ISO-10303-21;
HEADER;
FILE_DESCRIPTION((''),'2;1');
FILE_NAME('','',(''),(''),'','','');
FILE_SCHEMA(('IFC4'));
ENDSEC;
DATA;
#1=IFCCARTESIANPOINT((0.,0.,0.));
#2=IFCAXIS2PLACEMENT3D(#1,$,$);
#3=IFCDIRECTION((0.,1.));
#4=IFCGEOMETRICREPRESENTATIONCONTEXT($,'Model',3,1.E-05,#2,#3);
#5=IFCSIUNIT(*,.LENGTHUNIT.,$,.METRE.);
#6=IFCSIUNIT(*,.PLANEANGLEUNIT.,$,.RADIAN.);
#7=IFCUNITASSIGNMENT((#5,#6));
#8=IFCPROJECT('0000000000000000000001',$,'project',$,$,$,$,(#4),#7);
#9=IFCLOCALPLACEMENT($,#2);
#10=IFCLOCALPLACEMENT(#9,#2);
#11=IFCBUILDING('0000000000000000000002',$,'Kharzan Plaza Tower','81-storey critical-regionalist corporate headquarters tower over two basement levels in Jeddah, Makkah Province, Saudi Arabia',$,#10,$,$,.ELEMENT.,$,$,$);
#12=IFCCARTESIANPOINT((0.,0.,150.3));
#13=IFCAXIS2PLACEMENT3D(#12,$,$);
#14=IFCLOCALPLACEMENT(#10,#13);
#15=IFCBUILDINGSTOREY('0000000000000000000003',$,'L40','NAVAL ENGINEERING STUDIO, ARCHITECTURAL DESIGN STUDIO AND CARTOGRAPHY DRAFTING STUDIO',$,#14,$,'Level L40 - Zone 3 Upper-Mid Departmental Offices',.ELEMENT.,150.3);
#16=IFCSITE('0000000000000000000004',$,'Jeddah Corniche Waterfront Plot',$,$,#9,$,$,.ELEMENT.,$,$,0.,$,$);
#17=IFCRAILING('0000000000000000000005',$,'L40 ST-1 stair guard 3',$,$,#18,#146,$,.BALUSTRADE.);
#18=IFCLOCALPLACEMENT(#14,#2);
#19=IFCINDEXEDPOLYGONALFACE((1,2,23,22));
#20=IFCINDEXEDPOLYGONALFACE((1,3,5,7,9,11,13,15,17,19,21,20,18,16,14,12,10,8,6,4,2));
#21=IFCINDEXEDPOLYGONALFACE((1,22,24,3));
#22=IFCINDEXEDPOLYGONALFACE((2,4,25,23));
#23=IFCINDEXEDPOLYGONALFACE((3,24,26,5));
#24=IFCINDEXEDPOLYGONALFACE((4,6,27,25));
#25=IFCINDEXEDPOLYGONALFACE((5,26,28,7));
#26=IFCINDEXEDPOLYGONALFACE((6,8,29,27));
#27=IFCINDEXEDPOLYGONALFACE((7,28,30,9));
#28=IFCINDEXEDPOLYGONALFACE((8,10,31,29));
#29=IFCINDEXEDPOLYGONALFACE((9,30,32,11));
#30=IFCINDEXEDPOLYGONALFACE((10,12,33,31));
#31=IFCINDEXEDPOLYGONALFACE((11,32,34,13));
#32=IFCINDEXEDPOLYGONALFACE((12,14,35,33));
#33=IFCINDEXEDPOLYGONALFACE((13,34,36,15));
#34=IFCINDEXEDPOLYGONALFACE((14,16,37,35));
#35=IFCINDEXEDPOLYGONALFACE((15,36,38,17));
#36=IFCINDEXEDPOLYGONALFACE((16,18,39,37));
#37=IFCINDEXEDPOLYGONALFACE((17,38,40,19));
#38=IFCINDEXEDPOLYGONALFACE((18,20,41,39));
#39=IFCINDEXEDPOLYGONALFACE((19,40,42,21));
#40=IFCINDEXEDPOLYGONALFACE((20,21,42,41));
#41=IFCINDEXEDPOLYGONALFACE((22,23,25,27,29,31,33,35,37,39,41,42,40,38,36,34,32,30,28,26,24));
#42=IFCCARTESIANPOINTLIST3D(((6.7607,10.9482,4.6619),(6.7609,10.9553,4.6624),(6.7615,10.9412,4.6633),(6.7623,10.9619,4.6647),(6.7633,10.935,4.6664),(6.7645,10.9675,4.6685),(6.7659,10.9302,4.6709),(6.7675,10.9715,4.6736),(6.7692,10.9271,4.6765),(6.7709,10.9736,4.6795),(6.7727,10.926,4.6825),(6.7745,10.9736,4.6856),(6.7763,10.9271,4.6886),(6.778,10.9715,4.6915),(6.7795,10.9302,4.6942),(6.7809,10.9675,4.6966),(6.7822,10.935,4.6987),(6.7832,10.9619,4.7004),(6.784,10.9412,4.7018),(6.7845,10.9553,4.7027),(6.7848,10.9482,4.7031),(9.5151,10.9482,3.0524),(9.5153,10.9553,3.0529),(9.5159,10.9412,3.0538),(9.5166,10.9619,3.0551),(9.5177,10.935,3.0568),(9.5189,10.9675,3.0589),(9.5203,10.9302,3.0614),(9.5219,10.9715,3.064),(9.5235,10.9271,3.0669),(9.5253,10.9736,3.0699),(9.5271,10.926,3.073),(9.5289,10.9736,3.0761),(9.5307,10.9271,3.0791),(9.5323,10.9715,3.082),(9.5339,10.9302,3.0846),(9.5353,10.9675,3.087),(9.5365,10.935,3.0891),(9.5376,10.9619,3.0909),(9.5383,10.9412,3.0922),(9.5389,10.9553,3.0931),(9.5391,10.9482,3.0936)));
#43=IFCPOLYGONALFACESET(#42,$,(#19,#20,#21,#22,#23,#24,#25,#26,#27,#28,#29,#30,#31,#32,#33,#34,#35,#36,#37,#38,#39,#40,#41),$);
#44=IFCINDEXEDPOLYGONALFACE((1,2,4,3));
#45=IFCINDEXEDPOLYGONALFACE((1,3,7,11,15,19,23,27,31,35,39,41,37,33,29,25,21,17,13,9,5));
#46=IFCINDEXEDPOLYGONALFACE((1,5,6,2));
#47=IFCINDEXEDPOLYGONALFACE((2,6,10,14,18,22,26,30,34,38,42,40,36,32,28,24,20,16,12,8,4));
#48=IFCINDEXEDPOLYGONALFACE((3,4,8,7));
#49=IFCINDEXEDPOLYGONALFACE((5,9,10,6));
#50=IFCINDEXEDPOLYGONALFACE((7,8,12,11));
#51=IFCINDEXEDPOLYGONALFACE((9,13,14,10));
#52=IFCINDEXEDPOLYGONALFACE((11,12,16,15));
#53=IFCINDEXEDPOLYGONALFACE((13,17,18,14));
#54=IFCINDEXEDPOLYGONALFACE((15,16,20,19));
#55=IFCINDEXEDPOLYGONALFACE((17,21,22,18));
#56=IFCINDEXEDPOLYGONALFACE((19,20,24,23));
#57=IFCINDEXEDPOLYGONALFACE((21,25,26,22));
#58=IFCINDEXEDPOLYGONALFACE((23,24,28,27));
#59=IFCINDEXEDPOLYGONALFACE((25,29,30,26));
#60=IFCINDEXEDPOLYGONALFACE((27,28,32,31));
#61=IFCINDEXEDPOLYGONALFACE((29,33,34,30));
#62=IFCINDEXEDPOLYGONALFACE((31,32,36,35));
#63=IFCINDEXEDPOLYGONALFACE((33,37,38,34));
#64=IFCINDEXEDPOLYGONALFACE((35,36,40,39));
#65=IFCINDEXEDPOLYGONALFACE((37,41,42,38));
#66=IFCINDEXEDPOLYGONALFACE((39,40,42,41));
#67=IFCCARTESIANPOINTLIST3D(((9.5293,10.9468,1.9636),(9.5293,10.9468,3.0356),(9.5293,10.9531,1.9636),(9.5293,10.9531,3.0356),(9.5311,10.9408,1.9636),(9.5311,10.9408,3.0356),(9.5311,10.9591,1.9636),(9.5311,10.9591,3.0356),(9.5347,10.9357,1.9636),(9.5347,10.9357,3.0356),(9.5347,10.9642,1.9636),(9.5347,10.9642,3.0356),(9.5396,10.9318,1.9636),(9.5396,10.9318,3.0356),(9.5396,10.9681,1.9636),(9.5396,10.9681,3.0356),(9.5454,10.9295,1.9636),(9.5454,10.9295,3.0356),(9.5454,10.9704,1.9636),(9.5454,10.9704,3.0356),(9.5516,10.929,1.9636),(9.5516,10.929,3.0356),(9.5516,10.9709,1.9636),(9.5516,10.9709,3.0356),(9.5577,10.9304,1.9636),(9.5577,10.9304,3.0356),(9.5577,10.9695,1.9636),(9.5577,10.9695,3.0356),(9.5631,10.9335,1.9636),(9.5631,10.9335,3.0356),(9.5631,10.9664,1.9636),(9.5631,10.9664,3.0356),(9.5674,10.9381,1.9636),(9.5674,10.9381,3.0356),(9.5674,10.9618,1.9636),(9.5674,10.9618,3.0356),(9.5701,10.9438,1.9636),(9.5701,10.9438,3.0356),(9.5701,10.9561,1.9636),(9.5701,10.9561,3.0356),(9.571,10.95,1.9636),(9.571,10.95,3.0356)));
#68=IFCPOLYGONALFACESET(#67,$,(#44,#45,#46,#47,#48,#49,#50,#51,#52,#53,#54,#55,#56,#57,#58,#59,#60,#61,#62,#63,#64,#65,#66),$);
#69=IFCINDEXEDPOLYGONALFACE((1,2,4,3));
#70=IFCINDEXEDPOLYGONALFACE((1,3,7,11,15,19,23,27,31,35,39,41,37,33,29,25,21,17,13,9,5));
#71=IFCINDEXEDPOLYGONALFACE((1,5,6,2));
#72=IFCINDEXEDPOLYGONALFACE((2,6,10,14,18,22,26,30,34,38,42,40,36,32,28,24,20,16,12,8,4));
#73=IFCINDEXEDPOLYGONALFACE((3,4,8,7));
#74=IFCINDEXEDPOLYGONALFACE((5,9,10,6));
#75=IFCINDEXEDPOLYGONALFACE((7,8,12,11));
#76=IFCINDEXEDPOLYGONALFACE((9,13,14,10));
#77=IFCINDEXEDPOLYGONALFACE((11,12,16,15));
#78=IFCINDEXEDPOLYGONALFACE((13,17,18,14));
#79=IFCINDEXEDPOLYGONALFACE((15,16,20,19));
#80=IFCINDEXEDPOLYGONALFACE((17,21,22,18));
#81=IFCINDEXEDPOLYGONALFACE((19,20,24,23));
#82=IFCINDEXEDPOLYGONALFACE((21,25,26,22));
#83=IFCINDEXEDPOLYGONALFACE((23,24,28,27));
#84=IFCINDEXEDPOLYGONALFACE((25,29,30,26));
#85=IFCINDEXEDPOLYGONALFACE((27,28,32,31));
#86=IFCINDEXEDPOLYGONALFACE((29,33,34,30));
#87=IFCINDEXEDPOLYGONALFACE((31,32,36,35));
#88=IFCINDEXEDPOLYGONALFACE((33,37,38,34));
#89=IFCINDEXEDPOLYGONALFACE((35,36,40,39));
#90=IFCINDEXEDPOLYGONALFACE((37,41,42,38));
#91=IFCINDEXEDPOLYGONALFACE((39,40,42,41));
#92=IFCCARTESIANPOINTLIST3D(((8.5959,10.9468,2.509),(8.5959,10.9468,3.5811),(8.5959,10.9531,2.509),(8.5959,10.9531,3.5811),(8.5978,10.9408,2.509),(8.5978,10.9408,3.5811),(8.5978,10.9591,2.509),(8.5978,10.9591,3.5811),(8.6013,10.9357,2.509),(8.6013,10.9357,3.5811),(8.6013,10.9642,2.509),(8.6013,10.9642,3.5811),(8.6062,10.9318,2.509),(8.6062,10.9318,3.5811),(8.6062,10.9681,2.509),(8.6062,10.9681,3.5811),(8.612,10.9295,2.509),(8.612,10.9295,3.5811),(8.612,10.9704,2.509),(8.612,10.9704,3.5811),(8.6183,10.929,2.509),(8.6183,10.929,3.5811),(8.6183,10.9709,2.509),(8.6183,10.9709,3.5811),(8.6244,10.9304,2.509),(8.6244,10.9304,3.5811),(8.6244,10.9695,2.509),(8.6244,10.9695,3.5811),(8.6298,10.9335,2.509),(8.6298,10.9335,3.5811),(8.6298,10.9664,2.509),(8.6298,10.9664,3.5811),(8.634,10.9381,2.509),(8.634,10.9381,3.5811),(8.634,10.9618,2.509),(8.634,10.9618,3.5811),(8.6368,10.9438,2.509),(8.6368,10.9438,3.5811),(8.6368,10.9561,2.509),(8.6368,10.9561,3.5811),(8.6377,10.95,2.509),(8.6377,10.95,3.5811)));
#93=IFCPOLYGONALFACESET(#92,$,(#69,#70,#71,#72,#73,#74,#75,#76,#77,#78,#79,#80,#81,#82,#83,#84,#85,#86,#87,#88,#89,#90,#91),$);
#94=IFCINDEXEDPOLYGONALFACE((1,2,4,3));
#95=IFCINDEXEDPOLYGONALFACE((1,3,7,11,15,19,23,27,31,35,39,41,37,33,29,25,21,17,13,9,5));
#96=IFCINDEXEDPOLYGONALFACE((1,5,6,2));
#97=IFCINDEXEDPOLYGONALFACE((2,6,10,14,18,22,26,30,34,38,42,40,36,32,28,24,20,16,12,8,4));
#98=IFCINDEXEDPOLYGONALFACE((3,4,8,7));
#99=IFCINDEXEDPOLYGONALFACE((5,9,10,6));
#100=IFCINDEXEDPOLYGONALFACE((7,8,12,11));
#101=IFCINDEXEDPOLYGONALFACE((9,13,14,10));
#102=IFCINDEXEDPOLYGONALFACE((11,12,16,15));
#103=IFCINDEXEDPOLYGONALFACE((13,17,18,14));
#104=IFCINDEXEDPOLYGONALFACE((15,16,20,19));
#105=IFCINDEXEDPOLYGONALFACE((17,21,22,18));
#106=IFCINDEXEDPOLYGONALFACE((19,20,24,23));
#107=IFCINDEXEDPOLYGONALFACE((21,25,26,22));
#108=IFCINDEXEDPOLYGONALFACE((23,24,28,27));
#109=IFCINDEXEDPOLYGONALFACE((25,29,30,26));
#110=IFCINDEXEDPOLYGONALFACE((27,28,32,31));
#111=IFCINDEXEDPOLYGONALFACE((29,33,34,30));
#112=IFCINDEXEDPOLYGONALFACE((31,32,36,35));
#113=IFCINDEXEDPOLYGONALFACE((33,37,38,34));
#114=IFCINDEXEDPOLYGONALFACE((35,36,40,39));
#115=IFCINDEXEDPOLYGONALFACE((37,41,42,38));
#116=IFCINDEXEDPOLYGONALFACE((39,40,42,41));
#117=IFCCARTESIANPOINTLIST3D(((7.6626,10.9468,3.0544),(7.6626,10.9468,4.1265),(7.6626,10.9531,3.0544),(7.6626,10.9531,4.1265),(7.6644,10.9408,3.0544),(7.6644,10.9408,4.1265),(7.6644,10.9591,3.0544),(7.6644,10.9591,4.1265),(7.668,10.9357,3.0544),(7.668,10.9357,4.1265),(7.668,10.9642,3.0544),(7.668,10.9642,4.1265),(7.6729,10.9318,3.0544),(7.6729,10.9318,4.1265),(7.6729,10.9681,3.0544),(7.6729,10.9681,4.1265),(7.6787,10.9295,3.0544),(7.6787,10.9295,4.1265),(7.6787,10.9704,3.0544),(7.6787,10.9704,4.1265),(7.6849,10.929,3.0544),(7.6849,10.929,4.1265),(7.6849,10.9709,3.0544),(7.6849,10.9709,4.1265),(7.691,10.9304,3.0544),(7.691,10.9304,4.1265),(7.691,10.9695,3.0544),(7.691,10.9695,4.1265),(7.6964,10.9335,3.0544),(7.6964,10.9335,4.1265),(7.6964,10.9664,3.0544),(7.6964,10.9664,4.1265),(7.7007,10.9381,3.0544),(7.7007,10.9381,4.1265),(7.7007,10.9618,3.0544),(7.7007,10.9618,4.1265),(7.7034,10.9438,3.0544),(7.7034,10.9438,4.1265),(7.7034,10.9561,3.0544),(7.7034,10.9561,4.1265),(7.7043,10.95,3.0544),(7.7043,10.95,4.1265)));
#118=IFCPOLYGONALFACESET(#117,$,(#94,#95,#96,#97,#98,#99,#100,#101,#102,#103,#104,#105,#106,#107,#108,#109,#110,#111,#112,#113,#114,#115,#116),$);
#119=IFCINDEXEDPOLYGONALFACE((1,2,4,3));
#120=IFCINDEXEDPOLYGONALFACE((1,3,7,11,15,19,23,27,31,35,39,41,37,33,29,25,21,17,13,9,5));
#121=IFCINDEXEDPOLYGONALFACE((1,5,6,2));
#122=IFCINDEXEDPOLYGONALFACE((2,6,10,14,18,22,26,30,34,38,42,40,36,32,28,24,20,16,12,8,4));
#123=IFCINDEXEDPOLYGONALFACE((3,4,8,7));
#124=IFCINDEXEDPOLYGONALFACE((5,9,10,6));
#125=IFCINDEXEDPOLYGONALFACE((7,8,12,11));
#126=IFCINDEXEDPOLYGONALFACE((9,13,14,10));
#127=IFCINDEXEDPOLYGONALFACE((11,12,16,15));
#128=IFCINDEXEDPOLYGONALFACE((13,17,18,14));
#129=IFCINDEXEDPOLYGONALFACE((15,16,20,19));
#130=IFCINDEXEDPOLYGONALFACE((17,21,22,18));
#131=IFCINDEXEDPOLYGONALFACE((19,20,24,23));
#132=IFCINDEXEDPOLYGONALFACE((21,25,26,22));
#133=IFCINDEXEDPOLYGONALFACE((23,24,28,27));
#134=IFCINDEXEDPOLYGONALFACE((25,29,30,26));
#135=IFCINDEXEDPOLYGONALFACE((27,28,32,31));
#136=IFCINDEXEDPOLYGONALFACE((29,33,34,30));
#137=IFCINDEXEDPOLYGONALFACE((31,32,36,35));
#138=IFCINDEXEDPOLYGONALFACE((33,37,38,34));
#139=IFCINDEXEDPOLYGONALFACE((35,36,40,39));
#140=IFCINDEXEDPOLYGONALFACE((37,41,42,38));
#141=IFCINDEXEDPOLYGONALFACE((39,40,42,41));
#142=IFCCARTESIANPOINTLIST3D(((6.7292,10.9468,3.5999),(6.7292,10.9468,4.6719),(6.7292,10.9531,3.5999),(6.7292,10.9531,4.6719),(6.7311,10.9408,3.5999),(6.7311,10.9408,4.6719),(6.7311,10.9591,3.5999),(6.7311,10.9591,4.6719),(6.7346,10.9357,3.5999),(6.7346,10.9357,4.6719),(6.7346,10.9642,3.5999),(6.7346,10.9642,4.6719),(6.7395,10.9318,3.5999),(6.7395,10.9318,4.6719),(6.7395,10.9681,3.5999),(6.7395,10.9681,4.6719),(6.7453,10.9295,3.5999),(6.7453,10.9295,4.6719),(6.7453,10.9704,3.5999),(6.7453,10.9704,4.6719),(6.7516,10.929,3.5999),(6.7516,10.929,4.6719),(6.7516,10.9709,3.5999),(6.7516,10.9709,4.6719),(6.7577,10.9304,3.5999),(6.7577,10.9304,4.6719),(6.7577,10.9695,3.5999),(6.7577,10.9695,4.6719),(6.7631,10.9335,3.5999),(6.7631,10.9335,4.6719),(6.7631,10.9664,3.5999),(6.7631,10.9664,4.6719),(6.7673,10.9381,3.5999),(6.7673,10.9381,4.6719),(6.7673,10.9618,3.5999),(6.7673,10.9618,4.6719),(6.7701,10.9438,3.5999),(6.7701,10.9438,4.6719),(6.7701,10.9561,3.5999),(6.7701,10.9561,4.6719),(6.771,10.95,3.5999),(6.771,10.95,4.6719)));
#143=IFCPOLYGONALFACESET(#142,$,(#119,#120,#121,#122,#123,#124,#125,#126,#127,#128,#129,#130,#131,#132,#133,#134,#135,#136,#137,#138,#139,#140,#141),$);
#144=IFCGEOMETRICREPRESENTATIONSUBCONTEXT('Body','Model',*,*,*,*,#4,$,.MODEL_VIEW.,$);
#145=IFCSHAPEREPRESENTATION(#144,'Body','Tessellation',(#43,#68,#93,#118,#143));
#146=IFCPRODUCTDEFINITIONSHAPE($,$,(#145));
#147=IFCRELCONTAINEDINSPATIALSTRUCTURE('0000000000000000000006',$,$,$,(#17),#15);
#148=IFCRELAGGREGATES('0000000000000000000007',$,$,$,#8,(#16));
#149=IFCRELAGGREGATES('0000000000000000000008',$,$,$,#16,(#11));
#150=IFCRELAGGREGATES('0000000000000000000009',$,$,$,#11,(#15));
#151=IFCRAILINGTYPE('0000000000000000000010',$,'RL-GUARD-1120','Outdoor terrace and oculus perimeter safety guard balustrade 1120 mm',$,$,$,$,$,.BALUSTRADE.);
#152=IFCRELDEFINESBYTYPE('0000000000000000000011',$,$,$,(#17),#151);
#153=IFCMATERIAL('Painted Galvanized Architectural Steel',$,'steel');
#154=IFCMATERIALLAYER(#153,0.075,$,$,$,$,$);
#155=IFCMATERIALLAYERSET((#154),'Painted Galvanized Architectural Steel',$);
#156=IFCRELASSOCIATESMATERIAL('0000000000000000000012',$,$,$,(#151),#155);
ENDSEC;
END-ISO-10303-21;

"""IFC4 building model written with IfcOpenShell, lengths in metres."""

from ifc_helpers import new_model, si_unit, direction, frame, origin, origin_2d, place, context, subcontext, project, spatial, circle, extrude, source, transform, mapped, material, layer, layer_set, type_object, element, save


model = new_model("IFC4")

# Units and contexts
model_context = context("Model", 3, precision=1e-05, world=origin(), true_north=direction((0.0, 1.0)))
body_context = subcontext(model_context, "Body", "Model", "MODEL_VIEW")
ifc_project = project(units=[si_unit("LENGTHUNIT", "METRE"), si_unit("PLANEANGLEUNIT", "RADIAN")], contexts=[model_context])

# Site, building, storey
site_placement = place(None, origin())
site = spatial("IfcSite", under=ifc_project, at=site_placement, Name="Jeddah Corniche Waterfront Plot", CompositionType="ELEMENT", RefElevation=0.0)
building_placement = place(site_placement, origin())
building = spatial("IfcBuilding", under=site, at=building_placement, Name="Kharzan Plaza Tower", Description="81-storey critical-regionalist corporate headquarters tower over two basement levels in Jeddah, Makkah Province, Saudi Arabia", CompositionType="ELEMENT")
storey_placement = place(building_placement, frame((0.0, 0.0, 150.3)))
storey = spatial("IfcBuildingStorey", under=building, at=storey_placement, Name="L40", Description="NAVAL ENGINEERING STUDIO, ARCHITECTURAL DESIGN STUDIO AND CARTOGRAPHY DRAFTING STUDIO", LongName="Level L40 - Zone 3 Upper-Mid Departmental Offices", CompositionType="ELEMENT", Elevation=150.3)

# Railing
ifc_material_1 = material(Name="Painted Galvanized Architectural Steel", Category="steel")
ifc_layer_1 = layer(ifc_material_1, 0.075)
ifc_layer_set_1 = layer_set([ifc_layer_1], Name="Painted Galvanized Architectural Steel")
railing_type_1 = type_object("IfcRailingType", Name="RL-GUARD-1120", Description="Outdoor terrace and oculus perimeter safety guard balustrade 1120 mm", PredefinedType="BALUSTRADE", material=ifc_layer_set_1)
shared_shape_1 = source(origin(), body_context, "Body", "SweptSolid", [
    extrude(circle(Radius=0.0239, at=origin_2d()), frame((-0.0229, 0.0, 1.1094), z_axis=(-0.863394, 0.0, 0.504531), x_axis=(0.0, -1.0, 0.0)), (0.0, 0.0, 1.0), 3.1902),
    extrude(circle(Radius=0.021, at=origin_2d()), origin(), (0.0, 0.0, 1.0), 1.072),
    extrude(circle(Radius=0.021, at=origin_2d()), frame((-0.9333, 0.0, 0.5454)), (0.0, 0.0, 1.0), 1.072),
    extrude(circle(Radius=0.021, at=origin_2d()), frame((-1.8667, 0.0, 1.0908)), (0.0, 0.0, 1.0), 1.072),
    extrude(circle(Radius=0.021, at=origin_2d()), frame((-2.8, 0.0, 1.6362)), (0.0, 0.0, 1.0), 1.072),
])
railing_1_placement = place(storey_placement, frame((9.55, 10.95, 1.9636)))
element("IfcRailing", 1, at=railing_1_placement, inside=storey, type_object=railing_type_1, Name="L40 ST-1 stair guard 3", PredefinedType="BALUSTRADE", context=body_context, shape_type="MappedRepresentation", body=[
    mapped(shared_shape_1, transform((0.0, 0.0, 0.0), x_axis=(1.0, 0.0, 0.0), y_axis=(0.0, 1.0, 0.0), z_axis=(0.0, 0.0, 1.0))),
])

save(model, "model.ifc")
